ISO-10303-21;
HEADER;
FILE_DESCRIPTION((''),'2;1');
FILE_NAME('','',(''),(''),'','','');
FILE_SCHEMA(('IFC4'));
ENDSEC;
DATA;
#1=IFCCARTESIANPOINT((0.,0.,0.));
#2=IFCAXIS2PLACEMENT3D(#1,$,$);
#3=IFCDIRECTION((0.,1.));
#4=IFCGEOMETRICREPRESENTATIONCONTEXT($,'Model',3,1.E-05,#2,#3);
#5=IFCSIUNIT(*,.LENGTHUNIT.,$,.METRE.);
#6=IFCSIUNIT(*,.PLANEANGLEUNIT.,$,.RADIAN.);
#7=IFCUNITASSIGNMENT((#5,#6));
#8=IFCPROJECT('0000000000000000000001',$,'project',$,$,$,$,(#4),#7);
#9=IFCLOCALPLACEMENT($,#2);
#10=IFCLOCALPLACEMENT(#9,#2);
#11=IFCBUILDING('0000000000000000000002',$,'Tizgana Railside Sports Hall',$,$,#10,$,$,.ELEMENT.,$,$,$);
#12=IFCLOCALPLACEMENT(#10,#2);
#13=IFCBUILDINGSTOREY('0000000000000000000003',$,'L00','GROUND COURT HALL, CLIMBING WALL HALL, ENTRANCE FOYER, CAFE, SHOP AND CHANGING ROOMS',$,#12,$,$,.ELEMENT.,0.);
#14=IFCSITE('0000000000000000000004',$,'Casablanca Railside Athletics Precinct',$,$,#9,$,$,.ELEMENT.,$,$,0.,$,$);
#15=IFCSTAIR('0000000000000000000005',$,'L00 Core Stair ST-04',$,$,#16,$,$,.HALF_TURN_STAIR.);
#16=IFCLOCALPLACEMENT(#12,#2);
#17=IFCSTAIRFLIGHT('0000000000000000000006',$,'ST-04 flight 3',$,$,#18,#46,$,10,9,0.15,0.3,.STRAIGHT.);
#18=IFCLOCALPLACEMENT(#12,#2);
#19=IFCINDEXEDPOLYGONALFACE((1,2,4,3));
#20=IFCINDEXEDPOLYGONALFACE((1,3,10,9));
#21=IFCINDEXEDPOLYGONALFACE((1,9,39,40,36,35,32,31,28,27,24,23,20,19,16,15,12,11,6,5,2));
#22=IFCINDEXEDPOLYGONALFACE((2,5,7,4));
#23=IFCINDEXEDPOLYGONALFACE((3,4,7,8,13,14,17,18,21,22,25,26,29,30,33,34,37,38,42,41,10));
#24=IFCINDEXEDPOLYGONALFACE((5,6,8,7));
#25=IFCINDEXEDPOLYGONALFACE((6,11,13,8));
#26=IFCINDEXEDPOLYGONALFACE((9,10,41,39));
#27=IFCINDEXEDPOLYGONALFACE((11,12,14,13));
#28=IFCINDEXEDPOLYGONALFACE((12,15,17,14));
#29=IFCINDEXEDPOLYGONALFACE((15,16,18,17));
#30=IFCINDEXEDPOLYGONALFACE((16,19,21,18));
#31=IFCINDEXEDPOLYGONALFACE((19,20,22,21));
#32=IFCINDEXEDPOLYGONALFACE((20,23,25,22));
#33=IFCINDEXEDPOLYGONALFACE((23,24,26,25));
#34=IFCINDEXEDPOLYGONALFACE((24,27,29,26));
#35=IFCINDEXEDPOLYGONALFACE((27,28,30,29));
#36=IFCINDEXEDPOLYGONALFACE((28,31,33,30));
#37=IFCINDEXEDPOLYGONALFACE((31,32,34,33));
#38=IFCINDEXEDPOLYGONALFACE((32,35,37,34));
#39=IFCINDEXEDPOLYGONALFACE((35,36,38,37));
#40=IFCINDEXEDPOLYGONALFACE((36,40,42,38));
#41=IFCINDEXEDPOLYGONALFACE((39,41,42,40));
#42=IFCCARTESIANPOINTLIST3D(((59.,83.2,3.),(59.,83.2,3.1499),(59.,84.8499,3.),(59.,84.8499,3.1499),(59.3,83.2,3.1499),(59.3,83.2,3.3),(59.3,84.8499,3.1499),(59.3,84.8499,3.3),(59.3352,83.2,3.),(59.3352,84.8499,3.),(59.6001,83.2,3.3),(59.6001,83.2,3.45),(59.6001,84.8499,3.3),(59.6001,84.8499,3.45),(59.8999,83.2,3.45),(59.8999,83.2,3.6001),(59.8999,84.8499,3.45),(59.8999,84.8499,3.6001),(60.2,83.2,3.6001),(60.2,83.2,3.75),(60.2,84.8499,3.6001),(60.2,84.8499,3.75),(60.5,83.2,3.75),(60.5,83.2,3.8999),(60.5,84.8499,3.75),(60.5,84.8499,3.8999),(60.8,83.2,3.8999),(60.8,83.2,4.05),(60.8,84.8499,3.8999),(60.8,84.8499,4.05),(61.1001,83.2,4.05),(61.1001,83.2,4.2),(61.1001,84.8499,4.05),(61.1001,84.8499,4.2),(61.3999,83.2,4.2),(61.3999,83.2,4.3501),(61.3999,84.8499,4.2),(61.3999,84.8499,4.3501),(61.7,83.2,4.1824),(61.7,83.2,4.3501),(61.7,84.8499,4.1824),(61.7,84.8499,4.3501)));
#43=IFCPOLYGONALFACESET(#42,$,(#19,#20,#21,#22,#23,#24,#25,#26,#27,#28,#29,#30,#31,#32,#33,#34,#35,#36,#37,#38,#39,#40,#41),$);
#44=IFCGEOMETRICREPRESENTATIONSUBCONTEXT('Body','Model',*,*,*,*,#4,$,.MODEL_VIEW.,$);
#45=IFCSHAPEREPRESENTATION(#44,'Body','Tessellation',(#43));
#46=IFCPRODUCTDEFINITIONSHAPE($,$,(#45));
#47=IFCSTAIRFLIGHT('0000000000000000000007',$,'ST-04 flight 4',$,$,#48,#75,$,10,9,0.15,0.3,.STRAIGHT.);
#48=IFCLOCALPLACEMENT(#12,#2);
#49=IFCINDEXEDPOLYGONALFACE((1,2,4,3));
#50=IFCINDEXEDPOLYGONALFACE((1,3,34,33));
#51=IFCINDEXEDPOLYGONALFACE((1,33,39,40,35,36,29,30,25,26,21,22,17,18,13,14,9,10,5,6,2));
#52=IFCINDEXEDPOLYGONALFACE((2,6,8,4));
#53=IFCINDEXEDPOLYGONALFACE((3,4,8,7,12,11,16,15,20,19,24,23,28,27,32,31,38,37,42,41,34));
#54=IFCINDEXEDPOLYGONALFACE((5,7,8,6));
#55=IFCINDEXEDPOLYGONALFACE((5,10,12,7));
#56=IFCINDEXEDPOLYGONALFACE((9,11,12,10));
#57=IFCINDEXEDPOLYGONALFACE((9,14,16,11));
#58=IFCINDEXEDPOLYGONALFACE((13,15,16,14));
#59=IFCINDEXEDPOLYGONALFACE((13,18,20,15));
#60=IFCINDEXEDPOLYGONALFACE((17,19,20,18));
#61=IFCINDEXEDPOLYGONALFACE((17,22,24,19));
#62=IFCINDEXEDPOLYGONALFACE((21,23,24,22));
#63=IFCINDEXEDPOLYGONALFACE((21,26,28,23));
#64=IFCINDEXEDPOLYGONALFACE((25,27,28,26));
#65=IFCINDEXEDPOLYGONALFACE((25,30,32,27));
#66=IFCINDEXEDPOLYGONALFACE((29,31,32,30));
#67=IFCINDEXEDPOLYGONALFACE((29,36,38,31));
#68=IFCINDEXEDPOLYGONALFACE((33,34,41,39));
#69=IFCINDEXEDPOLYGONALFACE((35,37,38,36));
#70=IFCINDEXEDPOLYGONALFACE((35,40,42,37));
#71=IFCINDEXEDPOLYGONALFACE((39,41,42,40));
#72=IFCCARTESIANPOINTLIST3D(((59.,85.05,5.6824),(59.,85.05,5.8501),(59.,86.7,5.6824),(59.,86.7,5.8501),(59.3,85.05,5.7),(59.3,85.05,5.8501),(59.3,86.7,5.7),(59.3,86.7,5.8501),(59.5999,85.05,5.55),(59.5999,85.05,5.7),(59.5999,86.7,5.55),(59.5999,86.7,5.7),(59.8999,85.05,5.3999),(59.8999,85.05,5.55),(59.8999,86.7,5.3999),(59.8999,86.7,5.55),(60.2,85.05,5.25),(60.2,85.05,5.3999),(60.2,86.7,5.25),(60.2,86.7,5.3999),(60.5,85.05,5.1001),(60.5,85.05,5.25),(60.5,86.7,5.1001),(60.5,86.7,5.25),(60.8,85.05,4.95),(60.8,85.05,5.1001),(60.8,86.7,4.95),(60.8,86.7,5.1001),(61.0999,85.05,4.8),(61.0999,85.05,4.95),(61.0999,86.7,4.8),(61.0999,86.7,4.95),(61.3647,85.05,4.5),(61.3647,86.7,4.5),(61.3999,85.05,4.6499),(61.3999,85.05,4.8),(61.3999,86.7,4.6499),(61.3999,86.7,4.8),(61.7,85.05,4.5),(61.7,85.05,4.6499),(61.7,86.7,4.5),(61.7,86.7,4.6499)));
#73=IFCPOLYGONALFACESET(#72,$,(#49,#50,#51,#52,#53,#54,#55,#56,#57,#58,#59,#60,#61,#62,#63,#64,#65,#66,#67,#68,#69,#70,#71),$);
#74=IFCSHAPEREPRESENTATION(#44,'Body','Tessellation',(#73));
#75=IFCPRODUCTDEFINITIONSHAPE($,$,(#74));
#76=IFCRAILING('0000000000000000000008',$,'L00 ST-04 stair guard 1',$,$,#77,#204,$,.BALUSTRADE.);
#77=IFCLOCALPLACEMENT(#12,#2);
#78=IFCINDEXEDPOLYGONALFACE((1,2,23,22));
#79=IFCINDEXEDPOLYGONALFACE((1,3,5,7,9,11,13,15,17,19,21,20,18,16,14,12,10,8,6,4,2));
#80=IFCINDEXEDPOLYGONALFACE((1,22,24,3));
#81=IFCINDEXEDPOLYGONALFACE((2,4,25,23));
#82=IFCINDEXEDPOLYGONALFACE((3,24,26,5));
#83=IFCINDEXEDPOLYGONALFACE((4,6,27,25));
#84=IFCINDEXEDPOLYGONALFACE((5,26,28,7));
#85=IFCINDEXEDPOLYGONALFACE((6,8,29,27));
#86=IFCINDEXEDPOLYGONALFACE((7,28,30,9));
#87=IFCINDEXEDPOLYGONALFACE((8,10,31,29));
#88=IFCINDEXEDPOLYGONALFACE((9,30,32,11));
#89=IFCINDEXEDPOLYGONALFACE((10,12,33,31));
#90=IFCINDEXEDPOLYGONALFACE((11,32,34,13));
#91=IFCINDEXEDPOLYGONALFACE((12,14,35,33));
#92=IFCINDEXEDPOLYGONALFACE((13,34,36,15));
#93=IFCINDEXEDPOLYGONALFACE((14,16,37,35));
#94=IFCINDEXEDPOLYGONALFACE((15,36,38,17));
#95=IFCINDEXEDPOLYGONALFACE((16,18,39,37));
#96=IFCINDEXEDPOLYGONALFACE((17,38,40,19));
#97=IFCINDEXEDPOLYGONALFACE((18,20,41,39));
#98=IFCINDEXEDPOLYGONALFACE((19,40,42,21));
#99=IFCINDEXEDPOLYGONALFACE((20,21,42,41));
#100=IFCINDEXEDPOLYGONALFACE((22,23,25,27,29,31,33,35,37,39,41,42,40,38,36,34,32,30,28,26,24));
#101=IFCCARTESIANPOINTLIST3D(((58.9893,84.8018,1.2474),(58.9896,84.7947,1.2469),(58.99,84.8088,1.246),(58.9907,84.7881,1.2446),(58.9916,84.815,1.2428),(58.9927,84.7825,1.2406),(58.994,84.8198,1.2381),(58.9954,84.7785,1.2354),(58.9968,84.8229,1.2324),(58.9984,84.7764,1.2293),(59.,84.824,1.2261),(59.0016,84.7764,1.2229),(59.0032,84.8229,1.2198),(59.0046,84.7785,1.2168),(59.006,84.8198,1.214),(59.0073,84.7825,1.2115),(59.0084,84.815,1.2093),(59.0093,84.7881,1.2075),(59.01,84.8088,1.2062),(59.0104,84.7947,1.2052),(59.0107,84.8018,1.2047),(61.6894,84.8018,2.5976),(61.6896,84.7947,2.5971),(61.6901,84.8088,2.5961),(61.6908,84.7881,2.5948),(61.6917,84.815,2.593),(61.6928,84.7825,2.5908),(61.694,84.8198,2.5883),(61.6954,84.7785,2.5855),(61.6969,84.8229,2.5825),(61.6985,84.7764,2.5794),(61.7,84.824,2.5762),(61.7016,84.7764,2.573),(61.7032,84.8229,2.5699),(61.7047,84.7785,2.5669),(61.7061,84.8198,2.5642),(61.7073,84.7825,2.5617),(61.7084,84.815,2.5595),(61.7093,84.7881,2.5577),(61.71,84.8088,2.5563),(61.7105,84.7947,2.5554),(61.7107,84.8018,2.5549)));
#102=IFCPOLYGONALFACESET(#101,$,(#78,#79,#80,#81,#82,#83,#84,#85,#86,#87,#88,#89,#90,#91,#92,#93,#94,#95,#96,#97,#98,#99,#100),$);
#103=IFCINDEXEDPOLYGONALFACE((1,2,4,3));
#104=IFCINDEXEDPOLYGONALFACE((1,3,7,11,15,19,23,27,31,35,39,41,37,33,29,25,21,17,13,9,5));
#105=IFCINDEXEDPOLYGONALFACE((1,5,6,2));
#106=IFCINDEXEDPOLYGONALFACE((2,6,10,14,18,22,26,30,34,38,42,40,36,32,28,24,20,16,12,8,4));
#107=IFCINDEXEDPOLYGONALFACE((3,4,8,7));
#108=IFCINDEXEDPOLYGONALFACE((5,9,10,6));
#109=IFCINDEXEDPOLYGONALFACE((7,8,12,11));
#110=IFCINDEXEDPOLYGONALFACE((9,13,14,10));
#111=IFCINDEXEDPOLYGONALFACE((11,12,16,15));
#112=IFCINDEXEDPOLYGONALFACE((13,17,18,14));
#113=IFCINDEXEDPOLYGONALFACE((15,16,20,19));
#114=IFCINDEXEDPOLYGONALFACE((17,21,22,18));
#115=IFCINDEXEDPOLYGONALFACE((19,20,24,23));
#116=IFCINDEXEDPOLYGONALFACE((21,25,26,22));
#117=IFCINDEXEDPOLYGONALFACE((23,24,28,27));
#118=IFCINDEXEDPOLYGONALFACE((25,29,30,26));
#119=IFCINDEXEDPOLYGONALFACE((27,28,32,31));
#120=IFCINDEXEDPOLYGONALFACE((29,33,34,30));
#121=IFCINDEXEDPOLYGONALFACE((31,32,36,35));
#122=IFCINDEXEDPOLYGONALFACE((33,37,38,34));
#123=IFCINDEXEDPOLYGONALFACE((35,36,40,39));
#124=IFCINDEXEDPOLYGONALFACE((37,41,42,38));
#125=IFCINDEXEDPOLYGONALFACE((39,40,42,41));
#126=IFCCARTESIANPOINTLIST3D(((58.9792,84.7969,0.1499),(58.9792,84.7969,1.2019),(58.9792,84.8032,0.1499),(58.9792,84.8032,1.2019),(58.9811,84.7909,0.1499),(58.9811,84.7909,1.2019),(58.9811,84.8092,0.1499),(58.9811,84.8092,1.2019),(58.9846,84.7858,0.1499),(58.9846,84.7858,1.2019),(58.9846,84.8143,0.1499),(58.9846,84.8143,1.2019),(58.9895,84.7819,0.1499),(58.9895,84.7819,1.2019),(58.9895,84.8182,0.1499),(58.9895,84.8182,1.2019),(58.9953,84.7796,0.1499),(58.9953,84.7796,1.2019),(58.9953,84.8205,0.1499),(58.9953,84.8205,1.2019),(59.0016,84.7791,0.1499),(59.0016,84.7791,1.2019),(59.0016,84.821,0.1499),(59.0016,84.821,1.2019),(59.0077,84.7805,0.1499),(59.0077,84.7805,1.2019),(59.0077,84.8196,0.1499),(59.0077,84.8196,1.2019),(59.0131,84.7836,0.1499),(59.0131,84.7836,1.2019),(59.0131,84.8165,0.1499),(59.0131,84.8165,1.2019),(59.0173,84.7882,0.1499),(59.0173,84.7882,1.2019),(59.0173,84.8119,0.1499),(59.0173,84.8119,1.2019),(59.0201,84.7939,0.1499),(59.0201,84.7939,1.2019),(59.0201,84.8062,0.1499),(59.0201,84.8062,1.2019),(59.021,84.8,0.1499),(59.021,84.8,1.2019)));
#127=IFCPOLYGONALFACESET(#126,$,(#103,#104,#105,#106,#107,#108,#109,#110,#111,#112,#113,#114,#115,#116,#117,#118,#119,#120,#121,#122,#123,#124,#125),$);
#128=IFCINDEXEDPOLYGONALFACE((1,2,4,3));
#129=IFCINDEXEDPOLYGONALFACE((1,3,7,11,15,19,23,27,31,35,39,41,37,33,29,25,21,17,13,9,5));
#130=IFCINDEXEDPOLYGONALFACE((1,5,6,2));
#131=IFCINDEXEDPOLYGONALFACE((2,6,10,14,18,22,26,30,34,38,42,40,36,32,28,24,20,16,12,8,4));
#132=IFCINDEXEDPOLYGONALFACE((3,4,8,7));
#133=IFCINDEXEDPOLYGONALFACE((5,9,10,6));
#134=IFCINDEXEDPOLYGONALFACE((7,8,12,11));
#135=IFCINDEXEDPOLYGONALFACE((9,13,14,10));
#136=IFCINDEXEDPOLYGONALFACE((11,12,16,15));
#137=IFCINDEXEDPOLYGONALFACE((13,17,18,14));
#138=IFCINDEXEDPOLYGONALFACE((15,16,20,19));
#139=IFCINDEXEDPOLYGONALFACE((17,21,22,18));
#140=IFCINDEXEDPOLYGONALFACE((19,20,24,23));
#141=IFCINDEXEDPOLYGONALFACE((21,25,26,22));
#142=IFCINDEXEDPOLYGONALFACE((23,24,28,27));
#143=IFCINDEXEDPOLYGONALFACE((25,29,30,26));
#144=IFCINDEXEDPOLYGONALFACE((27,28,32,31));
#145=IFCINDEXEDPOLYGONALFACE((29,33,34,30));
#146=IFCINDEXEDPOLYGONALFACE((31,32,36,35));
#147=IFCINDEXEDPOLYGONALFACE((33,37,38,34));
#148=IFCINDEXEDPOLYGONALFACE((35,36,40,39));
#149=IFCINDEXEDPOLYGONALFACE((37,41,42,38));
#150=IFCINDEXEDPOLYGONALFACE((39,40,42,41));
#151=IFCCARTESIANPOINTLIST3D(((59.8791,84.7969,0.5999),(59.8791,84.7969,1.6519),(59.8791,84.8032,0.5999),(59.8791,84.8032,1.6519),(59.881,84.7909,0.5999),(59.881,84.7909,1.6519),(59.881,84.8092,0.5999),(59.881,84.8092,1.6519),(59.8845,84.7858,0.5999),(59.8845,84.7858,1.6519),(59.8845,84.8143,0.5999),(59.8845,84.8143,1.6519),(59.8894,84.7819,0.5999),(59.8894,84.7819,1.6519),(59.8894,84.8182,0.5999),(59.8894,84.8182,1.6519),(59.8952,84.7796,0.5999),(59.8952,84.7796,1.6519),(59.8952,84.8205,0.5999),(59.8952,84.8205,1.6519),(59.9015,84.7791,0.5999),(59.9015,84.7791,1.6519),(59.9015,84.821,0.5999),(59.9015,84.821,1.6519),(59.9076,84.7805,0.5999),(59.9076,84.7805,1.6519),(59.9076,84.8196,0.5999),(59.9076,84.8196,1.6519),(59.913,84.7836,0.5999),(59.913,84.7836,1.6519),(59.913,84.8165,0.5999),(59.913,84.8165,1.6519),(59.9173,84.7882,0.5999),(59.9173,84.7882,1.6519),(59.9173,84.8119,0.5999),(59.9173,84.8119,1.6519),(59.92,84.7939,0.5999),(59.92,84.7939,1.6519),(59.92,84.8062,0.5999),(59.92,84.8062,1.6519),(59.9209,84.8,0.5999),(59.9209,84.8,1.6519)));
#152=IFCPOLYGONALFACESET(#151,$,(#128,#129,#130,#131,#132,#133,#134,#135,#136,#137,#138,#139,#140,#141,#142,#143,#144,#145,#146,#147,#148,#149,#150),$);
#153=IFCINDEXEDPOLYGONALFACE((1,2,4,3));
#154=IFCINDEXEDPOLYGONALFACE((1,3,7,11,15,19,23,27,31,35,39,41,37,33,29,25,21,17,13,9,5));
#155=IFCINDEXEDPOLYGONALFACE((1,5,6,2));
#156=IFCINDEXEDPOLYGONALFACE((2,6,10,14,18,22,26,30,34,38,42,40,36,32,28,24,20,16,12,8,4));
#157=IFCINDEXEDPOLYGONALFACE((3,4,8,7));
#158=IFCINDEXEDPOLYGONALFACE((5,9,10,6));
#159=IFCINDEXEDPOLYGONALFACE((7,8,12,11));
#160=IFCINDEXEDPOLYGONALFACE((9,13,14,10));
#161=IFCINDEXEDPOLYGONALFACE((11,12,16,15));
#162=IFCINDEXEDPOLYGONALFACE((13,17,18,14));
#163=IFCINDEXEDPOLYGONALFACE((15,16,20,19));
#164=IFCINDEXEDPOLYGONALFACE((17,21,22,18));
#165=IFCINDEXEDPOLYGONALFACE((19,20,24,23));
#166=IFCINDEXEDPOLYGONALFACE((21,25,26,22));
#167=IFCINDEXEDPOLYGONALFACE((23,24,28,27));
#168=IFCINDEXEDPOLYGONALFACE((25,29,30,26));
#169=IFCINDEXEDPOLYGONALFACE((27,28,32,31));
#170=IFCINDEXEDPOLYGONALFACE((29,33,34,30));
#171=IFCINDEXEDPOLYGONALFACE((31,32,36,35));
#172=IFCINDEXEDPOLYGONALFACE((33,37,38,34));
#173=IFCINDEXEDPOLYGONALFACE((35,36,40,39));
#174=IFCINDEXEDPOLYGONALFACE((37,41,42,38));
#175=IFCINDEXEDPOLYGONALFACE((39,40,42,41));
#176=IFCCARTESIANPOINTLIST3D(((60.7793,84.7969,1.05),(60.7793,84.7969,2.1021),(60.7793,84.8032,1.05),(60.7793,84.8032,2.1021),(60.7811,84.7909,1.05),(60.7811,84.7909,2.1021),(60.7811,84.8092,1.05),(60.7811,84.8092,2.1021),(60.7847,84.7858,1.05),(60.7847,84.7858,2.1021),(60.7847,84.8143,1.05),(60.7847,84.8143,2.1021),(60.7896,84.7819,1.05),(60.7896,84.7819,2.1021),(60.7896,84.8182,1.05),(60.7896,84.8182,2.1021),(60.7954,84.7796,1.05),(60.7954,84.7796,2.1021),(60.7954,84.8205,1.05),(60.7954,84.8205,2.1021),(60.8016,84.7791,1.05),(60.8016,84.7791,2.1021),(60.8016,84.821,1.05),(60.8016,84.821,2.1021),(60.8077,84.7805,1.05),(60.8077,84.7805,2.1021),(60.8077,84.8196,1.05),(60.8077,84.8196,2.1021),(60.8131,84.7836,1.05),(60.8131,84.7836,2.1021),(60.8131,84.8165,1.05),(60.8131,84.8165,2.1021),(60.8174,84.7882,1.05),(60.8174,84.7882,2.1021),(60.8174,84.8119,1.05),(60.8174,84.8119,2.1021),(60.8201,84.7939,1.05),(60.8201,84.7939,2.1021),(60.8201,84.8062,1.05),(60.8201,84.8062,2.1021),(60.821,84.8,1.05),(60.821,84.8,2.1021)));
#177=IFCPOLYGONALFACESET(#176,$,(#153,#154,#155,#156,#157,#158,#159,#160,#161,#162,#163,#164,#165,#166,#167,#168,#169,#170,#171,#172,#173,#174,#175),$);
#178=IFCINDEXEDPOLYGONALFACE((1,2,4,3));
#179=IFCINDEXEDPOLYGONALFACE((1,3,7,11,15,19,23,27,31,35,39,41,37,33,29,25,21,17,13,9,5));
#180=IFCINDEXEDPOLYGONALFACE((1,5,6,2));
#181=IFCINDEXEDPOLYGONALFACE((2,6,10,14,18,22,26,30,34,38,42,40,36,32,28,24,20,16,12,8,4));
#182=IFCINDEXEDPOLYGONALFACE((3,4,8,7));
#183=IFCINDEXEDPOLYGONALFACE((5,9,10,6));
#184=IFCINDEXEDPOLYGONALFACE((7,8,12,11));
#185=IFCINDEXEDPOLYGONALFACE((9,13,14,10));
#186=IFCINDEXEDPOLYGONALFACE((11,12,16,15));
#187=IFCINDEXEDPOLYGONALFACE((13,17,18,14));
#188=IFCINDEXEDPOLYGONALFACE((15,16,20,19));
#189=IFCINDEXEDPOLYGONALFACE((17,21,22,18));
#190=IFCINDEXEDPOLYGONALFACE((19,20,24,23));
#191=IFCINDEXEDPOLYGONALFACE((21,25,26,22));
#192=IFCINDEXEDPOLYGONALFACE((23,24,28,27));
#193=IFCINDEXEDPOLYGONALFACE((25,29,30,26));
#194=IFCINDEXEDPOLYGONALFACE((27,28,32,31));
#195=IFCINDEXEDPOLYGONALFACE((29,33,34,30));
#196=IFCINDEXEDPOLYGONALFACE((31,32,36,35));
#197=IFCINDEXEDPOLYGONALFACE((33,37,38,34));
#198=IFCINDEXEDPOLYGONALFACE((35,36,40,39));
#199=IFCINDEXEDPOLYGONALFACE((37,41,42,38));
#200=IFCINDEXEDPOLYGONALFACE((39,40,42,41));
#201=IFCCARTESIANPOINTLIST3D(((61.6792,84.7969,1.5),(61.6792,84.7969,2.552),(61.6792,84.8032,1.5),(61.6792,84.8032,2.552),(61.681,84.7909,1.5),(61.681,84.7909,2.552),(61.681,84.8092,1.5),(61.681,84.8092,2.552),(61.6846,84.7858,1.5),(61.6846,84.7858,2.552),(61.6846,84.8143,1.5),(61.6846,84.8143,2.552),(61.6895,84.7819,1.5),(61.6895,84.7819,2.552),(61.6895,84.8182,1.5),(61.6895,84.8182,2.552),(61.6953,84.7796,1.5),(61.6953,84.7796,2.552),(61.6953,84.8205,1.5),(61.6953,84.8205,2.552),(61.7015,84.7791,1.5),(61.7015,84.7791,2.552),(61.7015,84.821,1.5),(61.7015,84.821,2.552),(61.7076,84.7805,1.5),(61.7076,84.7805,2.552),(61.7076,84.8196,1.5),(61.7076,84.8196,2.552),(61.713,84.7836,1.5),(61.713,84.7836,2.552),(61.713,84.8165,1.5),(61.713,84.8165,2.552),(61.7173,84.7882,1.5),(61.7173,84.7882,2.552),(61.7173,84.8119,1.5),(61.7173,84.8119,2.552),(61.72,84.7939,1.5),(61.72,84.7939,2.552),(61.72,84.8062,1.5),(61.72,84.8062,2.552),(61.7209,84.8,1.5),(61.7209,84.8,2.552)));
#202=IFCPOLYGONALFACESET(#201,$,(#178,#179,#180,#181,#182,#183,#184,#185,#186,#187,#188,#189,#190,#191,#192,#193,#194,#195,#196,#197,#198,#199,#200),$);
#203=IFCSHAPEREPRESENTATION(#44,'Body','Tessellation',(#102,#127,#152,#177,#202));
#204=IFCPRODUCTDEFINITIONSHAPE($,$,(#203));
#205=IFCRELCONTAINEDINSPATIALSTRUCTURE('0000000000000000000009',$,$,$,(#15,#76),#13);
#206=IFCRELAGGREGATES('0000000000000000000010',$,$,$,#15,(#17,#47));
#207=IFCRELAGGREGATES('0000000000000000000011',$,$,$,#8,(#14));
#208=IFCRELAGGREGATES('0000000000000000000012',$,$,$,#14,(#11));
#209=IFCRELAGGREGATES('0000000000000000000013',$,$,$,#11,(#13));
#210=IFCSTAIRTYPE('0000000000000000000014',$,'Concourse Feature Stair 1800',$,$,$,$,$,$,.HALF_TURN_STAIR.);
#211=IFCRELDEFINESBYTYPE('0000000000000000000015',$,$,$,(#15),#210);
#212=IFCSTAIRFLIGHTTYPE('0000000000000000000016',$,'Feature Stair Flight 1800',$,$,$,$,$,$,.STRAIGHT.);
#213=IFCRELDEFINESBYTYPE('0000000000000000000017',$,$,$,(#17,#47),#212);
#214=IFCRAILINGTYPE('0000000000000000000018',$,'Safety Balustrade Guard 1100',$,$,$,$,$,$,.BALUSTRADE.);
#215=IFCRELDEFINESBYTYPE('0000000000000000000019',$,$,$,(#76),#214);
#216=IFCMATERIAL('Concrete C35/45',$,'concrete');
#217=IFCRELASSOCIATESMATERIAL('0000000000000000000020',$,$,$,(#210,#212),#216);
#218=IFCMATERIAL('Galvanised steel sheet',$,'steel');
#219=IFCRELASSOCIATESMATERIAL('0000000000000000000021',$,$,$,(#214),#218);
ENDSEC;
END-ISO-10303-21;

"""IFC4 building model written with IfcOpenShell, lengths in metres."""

from ifc_helpers import new_model, si_unit, direction, frame, origin, origin_2d, place, context, subcontext, project, spatial, polyline, circle, outline, extrude, material, type_object, element, aggregate, save


model = new_model("IFC4")

# Units and contexts
model_context = context("Model", 3, precision=1e-05, world=origin(), true_north=direction((0.0, 1.0)))
body_context = subcontext(model_context, "Body", "Model", "MODEL_VIEW")
ifc_project = project(units=[si_unit("LENGTHUNIT", "METRE"), si_unit("PLANEANGLEUNIT", "RADIAN")], contexts=[model_context])

# Site, building, storey
site_placement = place(None, origin())
site = spatial("IfcSite", under=ifc_project, at=site_placement, Name="Casablanca Railside Athletics Precinct", CompositionType="ELEMENT", RefElevation=0.0)
building_placement = place(site_placement, origin())
building = spatial("IfcBuilding", under=site, at=building_placement, Name="Tizgana Railside Sports Hall", CompositionType="ELEMENT")
storey_placement = place(building_placement, origin())
storey = spatial("IfcBuildingStorey", under=building, at=storey_placement, Name="L00", Description="GROUND COURT HALL, CLIMBING WALL HALL, ENTRANCE FOYER, CAFE, SHOP AND CHANGING ROOMS", CompositionType="ELEMENT", Elevation=0.0)

# Shared definitions
ifc_material_1 = material(Name="Concrete C35/45", Category="concrete")
ifc_material_2 = material(Name="Galvanised steel sheet", Category="steel")

# Stair, stair flights
stair_type = type_object("IfcStairType", Name="Concourse Feature Stair 1800", PredefinedType="HALF_TURN_STAIR", material=ifc_material_1)
stair_placement = place(storey_placement, origin())
stair = element("IfcStair", 1, at=stair_placement, inside=storey, type_object=stair_type, Name="L00 Core Stair ST-04", PredefinedType="HALF_TURN_STAIR")
stair_flight_type = type_object("IfcStairFlightType", Name="Feature Stair Flight 1800", PredefinedType="STRAIGHT", material=ifc_material_1)
stair_flight_1_placement = place(storey_placement, frame((59.0, 84.0249, 3.0), z_axis=(0.0, 0.0, 1.0), x_axis=(1.0, 0.0, 0.0)))
stair_flight_1 = element("IfcStairFlight", 2, at=stair_flight_1_placement, type_object=stair_flight_type, Name="ST-04 flight 3", NumberOfRisers=10, NumberOfTreads=9, PredefinedType="STRAIGHT", RiserHeight=0.15, TreadLength=0.3, context=body_context, shape_type="SweptSolid", body=[
    extrude(outline(polyline([(0.0, 0.0), (0.0, 0.1499), (0.3, 0.1499), (0.3, 0.3), (0.6001, 0.3), (0.6001, 0.45), (0.8999, 0.45), (0.8999, 0.6001), (1.2, 0.6001), (1.2, 0.75), (1.5, 0.75), (1.5, 0.8999), (1.8, 0.8999), (1.8, 1.05), (2.1001, 1.05), (2.1001, 1.2), (2.3999, 1.2), (2.3999, 1.3501), (2.7, 1.3501), (2.7, 1.5), (2.7, 1.1824), (0.3352, 0.0), (0.0, 0.0)])), frame((0.0, 0.825, 0.0), z_axis=(0.0, -1.0, 0.0), x_axis=(1.0, 0.0, 0.0)), (0.0, 0.0, 1.0), 1.6499),
])
stair_flight_2_placement = place(storey_placement, frame((61.7, 85.875, 4.5), z_axis=(0.0, 0.0, 1.0), x_axis=(-1.0, 0.0, 0.0)))
stair_flight_2 = element("IfcStairFlight", 3, at=stair_flight_2_placement, type_object=stair_flight_type, Name="ST-04 flight 4", NumberOfRisers=10, NumberOfTreads=9, PredefinedType="STRAIGHT", RiserHeight=0.15, TreadLength=0.3, context=body_context, shape_type="SweptSolid", body=[
    extrude(outline(polyline([(0.0, 0.0), (0.0, 0.1499), (0.3, 0.1499), (0.3, 0.3), (0.6001, 0.3), (0.6001, 0.45), (0.8999, 0.45), (0.8999, 0.6001), (1.2, 0.6001), (1.2, 0.75), (1.5, 0.75), (1.5, 0.8999), (1.8, 0.8999), (1.8, 1.05), (2.1001, 1.05), (2.1001, 1.2), (2.3999, 1.2), (2.3999, 1.3501), (2.7, 1.3501), (2.7, 1.5), (2.7, 1.1824), (0.3352, 0.0), (0.0, 0.0)])), frame((0.0, 0.825, 0.0), z_axis=(0.0, -1.0, 0.0), x_axis=(1.0, 0.0, 0.0)), (0.0, 0.0, 1.0), 1.6499),
])
aggregate(stair, [stair_flight_1, stair_flight_2])

# Railing
railing_type_1 = type_object("IfcRailingType", Name="Safety Balustrade Guard 1100", PredefinedType="BALUSTRADE", material=ifc_material_2)
railing_1_placement = place(storey_placement, frame((59.0, 84.8, 0.1499)))
element("IfcRailing", 4, at=railing_1_placement, inside=storey, type_object=railing_type_1, Name="L00 ST-04 stair guard 1", PredefinedType="BALUSTRADE", context=body_context, shape_type="SweptSolid", body=[
    extrude(circle(Radius=0.0239, at=origin_2d()), frame((0.0, 0.0, 1.0762), z_axis=(0.894411, 0.0, 0.447246), x_axis=(0.0, 1.0, 0.0)), (0.0, 0.0, 1.0), 3.0188),
    extrude(circle(Radius=0.021, at=origin_2d()), origin(), (0.0, 0.0, 1.0), 1.052),
    extrude(circle(Radius=0.021, at=origin_2d()), frame((0.8999, 0.0, 0.45)), (0.0, 0.0, 1.0), 1.052),
    extrude(circle(Radius=0.021, at=origin_2d()), frame((1.8, 0.0, 0.9001)), (0.0, 0.0, 1.0), 1.052),
    extrude(circle(Radius=0.021, at=origin_2d()), frame((2.7, 0.0, 1.3501)), (0.0, 0.0, 1.0), 1.052),
])

save(model, "model.ifc")
